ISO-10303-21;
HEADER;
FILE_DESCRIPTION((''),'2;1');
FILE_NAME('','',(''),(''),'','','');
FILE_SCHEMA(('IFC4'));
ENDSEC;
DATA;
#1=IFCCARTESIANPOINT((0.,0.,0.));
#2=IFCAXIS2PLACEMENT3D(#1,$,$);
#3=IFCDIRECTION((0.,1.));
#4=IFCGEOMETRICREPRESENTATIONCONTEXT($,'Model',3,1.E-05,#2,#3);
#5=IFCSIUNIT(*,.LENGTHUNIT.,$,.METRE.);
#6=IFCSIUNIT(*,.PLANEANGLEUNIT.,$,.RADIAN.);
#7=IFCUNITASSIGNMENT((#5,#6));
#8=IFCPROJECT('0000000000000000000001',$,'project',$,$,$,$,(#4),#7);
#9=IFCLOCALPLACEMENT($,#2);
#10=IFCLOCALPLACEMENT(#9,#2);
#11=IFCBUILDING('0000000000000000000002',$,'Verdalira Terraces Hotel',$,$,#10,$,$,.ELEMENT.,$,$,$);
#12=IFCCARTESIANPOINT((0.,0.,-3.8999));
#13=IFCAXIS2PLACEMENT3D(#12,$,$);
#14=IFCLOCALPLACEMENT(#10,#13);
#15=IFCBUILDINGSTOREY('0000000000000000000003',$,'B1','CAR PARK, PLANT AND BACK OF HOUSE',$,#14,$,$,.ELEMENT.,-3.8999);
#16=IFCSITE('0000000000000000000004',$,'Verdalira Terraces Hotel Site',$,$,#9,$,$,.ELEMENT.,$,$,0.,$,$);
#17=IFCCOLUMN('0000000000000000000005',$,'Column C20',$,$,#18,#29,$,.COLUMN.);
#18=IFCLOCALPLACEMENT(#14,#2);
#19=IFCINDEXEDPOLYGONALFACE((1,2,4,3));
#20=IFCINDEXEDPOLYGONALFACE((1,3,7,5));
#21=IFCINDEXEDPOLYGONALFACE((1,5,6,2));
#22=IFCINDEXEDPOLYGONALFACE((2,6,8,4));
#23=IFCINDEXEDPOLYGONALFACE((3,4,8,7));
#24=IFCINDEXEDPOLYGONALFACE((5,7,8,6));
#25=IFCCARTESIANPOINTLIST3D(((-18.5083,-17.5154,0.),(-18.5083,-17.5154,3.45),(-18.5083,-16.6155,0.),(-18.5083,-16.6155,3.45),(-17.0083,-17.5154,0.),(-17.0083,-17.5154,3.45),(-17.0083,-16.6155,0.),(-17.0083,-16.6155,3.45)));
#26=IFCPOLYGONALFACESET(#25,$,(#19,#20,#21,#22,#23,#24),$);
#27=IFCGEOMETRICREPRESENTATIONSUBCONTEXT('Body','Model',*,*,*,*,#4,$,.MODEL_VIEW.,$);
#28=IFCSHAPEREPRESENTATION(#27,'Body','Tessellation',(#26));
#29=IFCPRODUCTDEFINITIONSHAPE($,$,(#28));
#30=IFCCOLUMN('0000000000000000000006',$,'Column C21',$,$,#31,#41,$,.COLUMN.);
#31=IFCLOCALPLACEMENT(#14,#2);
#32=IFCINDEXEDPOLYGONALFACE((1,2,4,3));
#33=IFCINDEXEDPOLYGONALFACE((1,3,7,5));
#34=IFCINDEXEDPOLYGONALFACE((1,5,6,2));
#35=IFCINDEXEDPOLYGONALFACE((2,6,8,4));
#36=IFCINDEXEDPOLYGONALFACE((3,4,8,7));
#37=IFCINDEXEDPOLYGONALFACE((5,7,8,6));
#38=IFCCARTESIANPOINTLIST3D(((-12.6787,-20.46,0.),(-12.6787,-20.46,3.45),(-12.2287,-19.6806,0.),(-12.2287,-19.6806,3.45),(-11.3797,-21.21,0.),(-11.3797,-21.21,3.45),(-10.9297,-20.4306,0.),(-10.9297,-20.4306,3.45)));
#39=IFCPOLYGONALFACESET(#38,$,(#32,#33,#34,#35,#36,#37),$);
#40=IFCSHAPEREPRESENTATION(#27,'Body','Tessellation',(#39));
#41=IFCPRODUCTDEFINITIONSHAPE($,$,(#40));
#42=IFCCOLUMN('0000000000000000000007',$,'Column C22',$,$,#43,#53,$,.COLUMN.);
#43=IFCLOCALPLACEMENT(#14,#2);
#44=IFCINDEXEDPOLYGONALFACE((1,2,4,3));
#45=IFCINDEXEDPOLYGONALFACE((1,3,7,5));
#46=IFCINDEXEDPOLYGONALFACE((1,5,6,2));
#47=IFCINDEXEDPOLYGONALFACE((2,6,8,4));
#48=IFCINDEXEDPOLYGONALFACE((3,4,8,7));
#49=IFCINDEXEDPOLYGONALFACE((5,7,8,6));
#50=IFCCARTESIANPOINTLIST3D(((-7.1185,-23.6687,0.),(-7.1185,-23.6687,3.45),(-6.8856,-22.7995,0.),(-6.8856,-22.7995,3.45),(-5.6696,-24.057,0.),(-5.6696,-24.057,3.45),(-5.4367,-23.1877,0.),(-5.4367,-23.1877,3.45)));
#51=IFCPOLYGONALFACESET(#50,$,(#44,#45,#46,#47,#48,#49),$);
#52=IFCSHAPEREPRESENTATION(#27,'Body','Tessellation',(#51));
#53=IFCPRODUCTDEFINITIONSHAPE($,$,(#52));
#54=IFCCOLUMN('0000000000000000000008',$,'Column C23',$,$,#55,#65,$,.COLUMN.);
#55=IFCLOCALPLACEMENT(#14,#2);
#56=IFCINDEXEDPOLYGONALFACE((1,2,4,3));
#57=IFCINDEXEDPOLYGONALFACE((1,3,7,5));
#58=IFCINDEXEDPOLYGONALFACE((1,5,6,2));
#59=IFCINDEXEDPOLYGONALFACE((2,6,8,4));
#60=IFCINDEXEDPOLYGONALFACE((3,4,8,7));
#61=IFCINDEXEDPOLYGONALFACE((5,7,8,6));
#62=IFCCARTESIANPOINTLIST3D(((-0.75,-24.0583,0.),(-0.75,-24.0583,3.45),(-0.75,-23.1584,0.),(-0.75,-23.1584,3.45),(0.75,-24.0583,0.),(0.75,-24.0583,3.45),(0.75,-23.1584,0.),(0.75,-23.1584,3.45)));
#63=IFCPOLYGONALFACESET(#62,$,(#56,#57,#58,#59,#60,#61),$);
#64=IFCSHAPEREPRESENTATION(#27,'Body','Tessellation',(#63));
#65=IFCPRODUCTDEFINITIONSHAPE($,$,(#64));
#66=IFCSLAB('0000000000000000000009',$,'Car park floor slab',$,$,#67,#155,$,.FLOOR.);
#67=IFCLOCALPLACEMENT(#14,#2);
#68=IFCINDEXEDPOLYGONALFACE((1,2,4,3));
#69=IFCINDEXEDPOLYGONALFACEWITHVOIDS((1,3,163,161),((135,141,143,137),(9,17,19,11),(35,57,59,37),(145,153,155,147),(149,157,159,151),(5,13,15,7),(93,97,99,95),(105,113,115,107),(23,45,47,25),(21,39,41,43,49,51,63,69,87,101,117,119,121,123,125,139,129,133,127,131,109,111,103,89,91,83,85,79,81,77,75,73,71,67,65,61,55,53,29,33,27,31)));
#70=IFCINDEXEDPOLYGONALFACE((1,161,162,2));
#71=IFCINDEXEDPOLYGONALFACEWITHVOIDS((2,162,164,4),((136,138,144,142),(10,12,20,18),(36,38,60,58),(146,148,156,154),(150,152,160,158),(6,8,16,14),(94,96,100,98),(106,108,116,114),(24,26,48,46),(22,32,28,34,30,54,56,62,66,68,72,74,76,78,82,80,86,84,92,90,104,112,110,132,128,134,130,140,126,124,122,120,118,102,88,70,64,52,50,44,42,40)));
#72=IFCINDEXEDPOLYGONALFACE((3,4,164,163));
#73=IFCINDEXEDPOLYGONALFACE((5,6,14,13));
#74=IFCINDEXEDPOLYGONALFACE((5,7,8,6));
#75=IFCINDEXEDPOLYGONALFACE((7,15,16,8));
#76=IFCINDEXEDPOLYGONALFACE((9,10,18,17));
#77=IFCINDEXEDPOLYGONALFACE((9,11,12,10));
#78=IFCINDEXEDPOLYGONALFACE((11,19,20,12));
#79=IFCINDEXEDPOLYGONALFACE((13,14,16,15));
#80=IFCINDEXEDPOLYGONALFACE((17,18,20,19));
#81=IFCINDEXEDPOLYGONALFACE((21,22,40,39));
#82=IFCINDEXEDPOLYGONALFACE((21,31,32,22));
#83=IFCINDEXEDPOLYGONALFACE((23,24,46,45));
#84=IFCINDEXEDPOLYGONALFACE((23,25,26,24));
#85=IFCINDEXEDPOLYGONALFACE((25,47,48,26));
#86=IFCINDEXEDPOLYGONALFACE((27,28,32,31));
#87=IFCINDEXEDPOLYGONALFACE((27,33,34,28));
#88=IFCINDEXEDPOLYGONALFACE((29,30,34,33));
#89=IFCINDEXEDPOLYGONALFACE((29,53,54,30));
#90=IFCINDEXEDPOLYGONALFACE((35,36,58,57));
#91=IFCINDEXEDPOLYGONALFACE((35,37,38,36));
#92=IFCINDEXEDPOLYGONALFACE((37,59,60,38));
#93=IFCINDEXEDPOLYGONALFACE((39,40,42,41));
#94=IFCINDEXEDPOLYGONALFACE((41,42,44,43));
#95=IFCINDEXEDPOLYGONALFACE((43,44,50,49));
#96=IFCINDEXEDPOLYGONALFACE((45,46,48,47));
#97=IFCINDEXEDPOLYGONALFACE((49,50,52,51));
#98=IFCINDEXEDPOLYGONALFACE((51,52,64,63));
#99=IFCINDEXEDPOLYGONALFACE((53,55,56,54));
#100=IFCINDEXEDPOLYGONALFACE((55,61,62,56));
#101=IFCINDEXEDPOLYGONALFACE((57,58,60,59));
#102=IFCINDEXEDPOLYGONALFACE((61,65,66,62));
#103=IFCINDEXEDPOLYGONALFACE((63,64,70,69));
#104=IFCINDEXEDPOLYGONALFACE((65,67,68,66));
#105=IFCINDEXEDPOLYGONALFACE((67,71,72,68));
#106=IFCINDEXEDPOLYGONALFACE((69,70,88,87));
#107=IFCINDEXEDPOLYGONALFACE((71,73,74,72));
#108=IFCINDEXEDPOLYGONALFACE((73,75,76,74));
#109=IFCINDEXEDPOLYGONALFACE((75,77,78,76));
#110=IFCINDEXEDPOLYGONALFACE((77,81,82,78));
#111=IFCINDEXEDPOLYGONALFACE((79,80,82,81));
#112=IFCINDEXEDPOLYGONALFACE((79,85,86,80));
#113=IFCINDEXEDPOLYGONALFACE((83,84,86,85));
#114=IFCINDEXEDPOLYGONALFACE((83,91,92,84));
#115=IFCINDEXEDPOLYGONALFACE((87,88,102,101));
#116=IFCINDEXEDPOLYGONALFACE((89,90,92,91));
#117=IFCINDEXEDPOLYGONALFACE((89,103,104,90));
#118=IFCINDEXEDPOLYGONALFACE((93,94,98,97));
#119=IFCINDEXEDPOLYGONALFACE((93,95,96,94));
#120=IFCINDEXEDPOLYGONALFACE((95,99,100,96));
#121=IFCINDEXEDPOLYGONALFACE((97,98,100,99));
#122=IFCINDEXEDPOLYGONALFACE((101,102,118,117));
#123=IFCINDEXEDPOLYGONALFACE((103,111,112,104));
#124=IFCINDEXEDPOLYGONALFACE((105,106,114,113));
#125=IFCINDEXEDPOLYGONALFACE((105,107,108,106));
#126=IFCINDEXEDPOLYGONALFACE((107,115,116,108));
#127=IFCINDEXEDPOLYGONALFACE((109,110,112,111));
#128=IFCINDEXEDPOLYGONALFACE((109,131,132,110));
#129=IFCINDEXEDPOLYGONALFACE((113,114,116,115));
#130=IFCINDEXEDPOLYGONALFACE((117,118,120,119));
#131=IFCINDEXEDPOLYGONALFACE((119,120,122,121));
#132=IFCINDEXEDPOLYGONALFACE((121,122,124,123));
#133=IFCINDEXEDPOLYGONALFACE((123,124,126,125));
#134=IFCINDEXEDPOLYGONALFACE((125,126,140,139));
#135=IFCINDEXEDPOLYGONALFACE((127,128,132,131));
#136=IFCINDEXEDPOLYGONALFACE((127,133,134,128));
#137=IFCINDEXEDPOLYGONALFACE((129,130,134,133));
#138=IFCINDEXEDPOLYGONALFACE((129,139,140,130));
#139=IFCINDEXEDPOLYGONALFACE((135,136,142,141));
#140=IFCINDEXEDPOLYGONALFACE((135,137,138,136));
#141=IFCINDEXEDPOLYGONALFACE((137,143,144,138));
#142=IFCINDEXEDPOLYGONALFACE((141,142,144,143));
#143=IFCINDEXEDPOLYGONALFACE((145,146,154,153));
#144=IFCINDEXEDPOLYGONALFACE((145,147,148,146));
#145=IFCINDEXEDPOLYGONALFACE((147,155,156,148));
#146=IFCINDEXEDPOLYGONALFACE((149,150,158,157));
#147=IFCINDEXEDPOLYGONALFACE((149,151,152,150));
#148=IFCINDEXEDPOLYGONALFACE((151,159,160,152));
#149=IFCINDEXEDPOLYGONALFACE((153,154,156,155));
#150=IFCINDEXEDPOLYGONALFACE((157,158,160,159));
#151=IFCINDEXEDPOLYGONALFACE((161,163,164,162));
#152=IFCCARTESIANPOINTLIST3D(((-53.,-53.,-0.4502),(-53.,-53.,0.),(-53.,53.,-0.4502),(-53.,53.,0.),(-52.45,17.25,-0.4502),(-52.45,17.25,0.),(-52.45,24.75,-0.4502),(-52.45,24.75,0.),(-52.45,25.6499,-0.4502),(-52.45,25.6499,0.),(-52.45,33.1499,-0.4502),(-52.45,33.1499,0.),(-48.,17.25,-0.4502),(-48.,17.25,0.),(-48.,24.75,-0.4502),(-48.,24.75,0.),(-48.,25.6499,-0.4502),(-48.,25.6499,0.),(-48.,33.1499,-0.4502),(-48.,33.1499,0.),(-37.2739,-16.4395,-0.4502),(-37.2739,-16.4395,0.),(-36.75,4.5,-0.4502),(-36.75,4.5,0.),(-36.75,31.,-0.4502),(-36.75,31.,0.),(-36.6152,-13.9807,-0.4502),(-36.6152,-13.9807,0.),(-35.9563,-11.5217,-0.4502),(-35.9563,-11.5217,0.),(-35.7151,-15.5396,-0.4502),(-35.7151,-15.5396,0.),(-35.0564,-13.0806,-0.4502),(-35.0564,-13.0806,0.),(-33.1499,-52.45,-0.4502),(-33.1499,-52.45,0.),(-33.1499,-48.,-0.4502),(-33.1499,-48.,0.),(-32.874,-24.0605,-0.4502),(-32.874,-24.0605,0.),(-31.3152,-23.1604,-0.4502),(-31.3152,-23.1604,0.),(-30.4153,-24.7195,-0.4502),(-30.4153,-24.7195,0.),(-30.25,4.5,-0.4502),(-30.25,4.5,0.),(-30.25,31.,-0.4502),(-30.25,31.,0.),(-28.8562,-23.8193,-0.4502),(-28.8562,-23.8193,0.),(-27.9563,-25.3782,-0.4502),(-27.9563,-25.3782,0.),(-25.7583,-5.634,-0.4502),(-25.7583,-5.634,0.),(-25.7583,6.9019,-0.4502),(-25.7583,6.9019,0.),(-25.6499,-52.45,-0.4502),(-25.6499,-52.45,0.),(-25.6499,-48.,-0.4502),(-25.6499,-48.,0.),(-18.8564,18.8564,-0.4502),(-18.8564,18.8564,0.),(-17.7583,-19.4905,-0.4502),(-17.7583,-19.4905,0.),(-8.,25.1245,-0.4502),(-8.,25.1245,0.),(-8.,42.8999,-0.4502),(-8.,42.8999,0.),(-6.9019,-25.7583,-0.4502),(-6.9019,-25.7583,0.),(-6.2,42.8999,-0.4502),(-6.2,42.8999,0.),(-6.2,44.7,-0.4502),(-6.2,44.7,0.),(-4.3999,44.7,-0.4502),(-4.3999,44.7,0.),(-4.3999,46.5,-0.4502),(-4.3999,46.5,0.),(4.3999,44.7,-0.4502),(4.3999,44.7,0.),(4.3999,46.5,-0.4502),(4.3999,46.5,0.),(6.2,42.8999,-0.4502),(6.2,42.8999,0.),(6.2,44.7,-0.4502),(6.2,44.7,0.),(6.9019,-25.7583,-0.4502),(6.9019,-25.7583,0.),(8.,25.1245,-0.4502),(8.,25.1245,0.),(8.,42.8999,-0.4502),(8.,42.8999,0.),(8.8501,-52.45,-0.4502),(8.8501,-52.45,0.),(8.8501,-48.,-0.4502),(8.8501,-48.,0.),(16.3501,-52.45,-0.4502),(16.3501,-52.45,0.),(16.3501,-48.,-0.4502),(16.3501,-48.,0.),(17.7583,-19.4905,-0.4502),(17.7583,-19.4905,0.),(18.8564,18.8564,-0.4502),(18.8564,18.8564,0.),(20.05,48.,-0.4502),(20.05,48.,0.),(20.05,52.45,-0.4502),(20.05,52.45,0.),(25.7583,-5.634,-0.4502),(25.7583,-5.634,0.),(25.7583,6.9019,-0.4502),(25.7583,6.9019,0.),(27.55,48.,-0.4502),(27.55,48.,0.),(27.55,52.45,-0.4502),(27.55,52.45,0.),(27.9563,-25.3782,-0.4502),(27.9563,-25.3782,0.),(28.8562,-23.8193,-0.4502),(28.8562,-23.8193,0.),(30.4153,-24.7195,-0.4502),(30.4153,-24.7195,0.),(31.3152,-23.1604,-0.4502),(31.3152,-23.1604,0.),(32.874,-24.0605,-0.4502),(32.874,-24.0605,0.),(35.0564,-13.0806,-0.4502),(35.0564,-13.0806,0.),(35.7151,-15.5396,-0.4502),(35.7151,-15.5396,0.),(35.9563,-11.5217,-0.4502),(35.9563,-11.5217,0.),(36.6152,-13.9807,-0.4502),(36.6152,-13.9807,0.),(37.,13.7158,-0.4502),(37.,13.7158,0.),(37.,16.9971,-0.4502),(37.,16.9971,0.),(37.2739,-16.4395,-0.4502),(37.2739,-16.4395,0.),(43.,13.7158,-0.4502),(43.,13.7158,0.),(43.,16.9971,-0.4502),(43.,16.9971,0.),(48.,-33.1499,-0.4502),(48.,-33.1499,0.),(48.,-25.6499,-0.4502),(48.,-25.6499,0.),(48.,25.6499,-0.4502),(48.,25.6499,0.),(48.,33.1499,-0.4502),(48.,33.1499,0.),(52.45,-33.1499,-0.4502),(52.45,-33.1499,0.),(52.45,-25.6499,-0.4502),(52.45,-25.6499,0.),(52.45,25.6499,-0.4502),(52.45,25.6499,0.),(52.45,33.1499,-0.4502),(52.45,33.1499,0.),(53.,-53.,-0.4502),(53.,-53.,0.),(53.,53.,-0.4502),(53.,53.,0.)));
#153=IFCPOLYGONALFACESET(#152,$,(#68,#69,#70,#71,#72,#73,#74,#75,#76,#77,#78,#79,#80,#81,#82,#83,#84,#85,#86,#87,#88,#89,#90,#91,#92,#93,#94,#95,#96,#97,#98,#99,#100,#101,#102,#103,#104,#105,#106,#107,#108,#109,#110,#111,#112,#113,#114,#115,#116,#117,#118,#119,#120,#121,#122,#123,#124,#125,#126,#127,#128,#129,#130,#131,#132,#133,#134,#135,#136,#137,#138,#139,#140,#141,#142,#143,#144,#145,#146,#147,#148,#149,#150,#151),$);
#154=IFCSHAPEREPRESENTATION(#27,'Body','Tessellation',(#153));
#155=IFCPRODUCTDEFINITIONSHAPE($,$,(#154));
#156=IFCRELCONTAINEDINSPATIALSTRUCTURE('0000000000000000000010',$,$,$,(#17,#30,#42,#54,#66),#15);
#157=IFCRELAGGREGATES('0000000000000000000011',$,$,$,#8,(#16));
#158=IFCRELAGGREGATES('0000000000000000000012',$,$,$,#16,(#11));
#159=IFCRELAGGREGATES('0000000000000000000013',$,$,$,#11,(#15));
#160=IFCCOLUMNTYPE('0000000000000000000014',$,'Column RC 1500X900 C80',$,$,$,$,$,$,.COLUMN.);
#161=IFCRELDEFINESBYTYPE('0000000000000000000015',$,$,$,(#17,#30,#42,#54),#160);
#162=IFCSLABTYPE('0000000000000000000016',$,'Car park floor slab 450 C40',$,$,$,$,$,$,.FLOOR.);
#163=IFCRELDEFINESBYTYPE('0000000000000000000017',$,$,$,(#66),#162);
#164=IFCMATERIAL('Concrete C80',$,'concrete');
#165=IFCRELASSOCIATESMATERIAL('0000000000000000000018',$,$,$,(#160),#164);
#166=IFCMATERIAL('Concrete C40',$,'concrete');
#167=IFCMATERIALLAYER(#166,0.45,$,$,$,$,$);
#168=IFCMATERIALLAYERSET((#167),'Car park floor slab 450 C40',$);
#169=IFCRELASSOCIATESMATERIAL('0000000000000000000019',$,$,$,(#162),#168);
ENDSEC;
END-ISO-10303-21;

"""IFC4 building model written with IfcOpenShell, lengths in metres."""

from ifc_helpers import new_model, si_unit, direction, frame, origin, origin_2d, place, context, subcontext, project, spatial, polyline, rectangle, outline, extrude, material, layer, layer_set, material_profile, profile_set, type_object, element, save


model = new_model("IFC4")

# Units and contexts
model_context = context("Model", 3, precision=1e-05, world=origin(), true_north=direction((0.0, 1.0)))
body_context = subcontext(model_context, "Body", "Model", "MODEL_VIEW")
ifc_project = project(units=[si_unit("LENGTHUNIT", "METRE"), si_unit("PLANEANGLEUNIT", "RADIAN")], contexts=[model_context])

# Site, building, storey
site_placement = place(None, origin())
site = spatial("IfcSite", under=ifc_project, at=site_placement, Name="Verdalira Terraces Hotel Site", CompositionType="ELEMENT", RefElevation=0.0)
building_placement = place(site_placement, origin())
building = spatial("IfcBuilding", under=site, at=building_placement, Name="Verdalira Terraces Hotel", CompositionType="ELEMENT")
storey_placement = place(building_placement, frame((0.0, 0.0, -3.8999)))
storey = spatial("IfcBuildingStorey", under=building, at=storey_placement, Name="B1", Description="CAR PARK, PLANT AND BACK OF HOUSE", CompositionType="ELEMENT", Elevation=-3.8999)

# Columns
ifc_material_1 = material(Name="Concrete C80", Category="concrete")
ifc_material_profile = material_profile(ifc_material_1, rectangle(XDim=1.5, YDim=0.8999, at=origin_2d()), Name="RC 1500X900")
ifc_profile_set = profile_set([ifc_material_profile], Name="Concrete C80")
column_type = type_object("IfcColumnType", Name="Column RC 1500X900 C80", PredefinedType="COLUMN", material=ifc_profile_set)
for number, where, z_axis, x_axis, name in (
    (1, (-17.7583, -17.0654, 0.0), (0.0, 0.0, 1.0), (-1.0, 0.0, 0.0), "Column C20"),
    (2, (-11.8042, -20.4453, 0.0), (0.0, 0.0, 1.0), (0.866025, -0.5, 0.0), "Column C21"),
    (3, (-6.2776, -23.4282, 0.0), (0.0, 0.0, 1.0), (-0.965926, 0.258819, 0.0), "Column C22"),
    (4, (0.0, -23.6084, 0.0), (0.0, 0.0, 1.0), (1.0, 0.0, 0.0), "Column C23"),
):
    element("IfcColumn", number, at=place(storey_placement, frame(where, z_axis=z_axis, x_axis=x_axis)), inside=storey, type_object=column_type, Name=name, PredefinedType="COLUMN", context=body_context, shape_type="SweptSolid", body=[
        extrude(rectangle(XDim=1.5, YDim=0.8999, at=origin_2d()), origin(), (0.0, 0.0, 1.0), 3.45),
    ])

# Slab
ifc_material_2 = material(Name="Concrete C40", Category="concrete")
ifc_layer_1 = layer(ifc_material_2, 0.45)
ifc_layer_set_1 = layer_set([ifc_layer_1], Name="Car park floor slab 450 C40")
slab_type_1 = type_object("IfcSlabType", Name="Car park floor slab 450 C40", PredefinedType="FLOOR", material=ifc_layer_set_1)
slab_1_placement = place(storey_placement, frame((0.0, 0.0, -0.4502)))
element("IfcSlab", 5, at=slab_1_placement, inside=storey, type_object=slab_type_1, Name="Car park floor slab", PredefinedType="FLOOR", context=body_context, shape_type="SweptSolid", body=[
    extrude(outline(polyline([(-53.0, -53.0), (53.0, -53.0), (53.0, 53.0), (-53.0, 53.0), (-53.0, -53.0)]), holes=[polyline([(52.45, -33.1499), (48.0, -33.1499), (48.0, -25.6499), (52.45, -25.6499), (52.45, -33.1499)]), polyline([(52.45, 33.1499), (52.45, 25.6499), (48.0, 25.6499), (48.0, 33.1499), (52.45, 33.1499)]), polyline([(37.0, 16.9971), (43.0, 16.9971), (43.0, 13.7158), (37.0, 13.7158), (37.0, 16.9971)]), polyline([(-8.0, 42.8999), (-6.2, 42.8999), (-6.2, 44.7), (-4.3999, 44.7), (-4.3999, 46.5), (4.3999, 46.5), (4.3999, 44.7), (6.2, 44.7), (6.2, 42.8999), (8.0, 42.8999), (8.0, 25.1245), (18.8564, 18.8564), (25.7583, 6.9019), (25.7583, -5.634), (35.9563, -11.5217), (35.0564, -13.0806), (36.6152, -13.9807), (35.7151, -15.5396), (37.2739, -16.4395), (32.874, -24.0605), (31.3152, -23.1604), (30.4153, -24.7195), (28.8562, -23.8193), (27.9563, -25.3782), (17.7583, -19.4905), (6.9019, -25.7583), (-6.9019, -25.7583), (-17.7583, -19.4905), (-27.9563, -25.3782), (-28.8562, -23.8193), (-30.4153, -24.7195), (-31.3152, -23.1604), (-32.874, -24.0605), (-37.2739, -16.4395), (-35.7151, -15.5396), (-36.6152, -13.9807), (-35.0564, -13.0806), (-35.9563, -11.5217), (-25.7583, -5.634), (-25.7583, 6.9019), (-18.8564, 18.8564), (-8.0, 25.1245), (-8.0, 42.8999)]), polyline([(20.05, 48.0), (20.05, 52.45), (27.55, 52.45), (27.55, 48.0), (20.05, 48.0)]), polyline([(16.3501, -52.45), (8.8501, -52.45), (8.8501, -48.0), (16.3501, -48.0), (16.3501, -52.45)]), polyline([(-25.6499, -48.0), (-25.6499, -52.45), (-33.1499, -52.45), (-33.1499, -48.0), (-25.6499, -48.0)]), polyline([(-36.75, 4.5), (-36.75, 31.0), (-30.25, 31.0), (-30.25, 4.5), (-36.75, 4.5)]), polyline([(-52.45, 17.25), (-52.45, 24.75), (-48.0, 24.75), (-48.0, 17.25), (-52.45, 17.25)]), polyline([(-52.45, 33.1499), (-48.0, 33.1499), (-48.0, 25.6499), (-52.45, 25.6499), (-52.45, 33.1499)])]), origin(), (0.0, 0.0, 1.0), 0.4502),
])

save(model, "model.ifc")
